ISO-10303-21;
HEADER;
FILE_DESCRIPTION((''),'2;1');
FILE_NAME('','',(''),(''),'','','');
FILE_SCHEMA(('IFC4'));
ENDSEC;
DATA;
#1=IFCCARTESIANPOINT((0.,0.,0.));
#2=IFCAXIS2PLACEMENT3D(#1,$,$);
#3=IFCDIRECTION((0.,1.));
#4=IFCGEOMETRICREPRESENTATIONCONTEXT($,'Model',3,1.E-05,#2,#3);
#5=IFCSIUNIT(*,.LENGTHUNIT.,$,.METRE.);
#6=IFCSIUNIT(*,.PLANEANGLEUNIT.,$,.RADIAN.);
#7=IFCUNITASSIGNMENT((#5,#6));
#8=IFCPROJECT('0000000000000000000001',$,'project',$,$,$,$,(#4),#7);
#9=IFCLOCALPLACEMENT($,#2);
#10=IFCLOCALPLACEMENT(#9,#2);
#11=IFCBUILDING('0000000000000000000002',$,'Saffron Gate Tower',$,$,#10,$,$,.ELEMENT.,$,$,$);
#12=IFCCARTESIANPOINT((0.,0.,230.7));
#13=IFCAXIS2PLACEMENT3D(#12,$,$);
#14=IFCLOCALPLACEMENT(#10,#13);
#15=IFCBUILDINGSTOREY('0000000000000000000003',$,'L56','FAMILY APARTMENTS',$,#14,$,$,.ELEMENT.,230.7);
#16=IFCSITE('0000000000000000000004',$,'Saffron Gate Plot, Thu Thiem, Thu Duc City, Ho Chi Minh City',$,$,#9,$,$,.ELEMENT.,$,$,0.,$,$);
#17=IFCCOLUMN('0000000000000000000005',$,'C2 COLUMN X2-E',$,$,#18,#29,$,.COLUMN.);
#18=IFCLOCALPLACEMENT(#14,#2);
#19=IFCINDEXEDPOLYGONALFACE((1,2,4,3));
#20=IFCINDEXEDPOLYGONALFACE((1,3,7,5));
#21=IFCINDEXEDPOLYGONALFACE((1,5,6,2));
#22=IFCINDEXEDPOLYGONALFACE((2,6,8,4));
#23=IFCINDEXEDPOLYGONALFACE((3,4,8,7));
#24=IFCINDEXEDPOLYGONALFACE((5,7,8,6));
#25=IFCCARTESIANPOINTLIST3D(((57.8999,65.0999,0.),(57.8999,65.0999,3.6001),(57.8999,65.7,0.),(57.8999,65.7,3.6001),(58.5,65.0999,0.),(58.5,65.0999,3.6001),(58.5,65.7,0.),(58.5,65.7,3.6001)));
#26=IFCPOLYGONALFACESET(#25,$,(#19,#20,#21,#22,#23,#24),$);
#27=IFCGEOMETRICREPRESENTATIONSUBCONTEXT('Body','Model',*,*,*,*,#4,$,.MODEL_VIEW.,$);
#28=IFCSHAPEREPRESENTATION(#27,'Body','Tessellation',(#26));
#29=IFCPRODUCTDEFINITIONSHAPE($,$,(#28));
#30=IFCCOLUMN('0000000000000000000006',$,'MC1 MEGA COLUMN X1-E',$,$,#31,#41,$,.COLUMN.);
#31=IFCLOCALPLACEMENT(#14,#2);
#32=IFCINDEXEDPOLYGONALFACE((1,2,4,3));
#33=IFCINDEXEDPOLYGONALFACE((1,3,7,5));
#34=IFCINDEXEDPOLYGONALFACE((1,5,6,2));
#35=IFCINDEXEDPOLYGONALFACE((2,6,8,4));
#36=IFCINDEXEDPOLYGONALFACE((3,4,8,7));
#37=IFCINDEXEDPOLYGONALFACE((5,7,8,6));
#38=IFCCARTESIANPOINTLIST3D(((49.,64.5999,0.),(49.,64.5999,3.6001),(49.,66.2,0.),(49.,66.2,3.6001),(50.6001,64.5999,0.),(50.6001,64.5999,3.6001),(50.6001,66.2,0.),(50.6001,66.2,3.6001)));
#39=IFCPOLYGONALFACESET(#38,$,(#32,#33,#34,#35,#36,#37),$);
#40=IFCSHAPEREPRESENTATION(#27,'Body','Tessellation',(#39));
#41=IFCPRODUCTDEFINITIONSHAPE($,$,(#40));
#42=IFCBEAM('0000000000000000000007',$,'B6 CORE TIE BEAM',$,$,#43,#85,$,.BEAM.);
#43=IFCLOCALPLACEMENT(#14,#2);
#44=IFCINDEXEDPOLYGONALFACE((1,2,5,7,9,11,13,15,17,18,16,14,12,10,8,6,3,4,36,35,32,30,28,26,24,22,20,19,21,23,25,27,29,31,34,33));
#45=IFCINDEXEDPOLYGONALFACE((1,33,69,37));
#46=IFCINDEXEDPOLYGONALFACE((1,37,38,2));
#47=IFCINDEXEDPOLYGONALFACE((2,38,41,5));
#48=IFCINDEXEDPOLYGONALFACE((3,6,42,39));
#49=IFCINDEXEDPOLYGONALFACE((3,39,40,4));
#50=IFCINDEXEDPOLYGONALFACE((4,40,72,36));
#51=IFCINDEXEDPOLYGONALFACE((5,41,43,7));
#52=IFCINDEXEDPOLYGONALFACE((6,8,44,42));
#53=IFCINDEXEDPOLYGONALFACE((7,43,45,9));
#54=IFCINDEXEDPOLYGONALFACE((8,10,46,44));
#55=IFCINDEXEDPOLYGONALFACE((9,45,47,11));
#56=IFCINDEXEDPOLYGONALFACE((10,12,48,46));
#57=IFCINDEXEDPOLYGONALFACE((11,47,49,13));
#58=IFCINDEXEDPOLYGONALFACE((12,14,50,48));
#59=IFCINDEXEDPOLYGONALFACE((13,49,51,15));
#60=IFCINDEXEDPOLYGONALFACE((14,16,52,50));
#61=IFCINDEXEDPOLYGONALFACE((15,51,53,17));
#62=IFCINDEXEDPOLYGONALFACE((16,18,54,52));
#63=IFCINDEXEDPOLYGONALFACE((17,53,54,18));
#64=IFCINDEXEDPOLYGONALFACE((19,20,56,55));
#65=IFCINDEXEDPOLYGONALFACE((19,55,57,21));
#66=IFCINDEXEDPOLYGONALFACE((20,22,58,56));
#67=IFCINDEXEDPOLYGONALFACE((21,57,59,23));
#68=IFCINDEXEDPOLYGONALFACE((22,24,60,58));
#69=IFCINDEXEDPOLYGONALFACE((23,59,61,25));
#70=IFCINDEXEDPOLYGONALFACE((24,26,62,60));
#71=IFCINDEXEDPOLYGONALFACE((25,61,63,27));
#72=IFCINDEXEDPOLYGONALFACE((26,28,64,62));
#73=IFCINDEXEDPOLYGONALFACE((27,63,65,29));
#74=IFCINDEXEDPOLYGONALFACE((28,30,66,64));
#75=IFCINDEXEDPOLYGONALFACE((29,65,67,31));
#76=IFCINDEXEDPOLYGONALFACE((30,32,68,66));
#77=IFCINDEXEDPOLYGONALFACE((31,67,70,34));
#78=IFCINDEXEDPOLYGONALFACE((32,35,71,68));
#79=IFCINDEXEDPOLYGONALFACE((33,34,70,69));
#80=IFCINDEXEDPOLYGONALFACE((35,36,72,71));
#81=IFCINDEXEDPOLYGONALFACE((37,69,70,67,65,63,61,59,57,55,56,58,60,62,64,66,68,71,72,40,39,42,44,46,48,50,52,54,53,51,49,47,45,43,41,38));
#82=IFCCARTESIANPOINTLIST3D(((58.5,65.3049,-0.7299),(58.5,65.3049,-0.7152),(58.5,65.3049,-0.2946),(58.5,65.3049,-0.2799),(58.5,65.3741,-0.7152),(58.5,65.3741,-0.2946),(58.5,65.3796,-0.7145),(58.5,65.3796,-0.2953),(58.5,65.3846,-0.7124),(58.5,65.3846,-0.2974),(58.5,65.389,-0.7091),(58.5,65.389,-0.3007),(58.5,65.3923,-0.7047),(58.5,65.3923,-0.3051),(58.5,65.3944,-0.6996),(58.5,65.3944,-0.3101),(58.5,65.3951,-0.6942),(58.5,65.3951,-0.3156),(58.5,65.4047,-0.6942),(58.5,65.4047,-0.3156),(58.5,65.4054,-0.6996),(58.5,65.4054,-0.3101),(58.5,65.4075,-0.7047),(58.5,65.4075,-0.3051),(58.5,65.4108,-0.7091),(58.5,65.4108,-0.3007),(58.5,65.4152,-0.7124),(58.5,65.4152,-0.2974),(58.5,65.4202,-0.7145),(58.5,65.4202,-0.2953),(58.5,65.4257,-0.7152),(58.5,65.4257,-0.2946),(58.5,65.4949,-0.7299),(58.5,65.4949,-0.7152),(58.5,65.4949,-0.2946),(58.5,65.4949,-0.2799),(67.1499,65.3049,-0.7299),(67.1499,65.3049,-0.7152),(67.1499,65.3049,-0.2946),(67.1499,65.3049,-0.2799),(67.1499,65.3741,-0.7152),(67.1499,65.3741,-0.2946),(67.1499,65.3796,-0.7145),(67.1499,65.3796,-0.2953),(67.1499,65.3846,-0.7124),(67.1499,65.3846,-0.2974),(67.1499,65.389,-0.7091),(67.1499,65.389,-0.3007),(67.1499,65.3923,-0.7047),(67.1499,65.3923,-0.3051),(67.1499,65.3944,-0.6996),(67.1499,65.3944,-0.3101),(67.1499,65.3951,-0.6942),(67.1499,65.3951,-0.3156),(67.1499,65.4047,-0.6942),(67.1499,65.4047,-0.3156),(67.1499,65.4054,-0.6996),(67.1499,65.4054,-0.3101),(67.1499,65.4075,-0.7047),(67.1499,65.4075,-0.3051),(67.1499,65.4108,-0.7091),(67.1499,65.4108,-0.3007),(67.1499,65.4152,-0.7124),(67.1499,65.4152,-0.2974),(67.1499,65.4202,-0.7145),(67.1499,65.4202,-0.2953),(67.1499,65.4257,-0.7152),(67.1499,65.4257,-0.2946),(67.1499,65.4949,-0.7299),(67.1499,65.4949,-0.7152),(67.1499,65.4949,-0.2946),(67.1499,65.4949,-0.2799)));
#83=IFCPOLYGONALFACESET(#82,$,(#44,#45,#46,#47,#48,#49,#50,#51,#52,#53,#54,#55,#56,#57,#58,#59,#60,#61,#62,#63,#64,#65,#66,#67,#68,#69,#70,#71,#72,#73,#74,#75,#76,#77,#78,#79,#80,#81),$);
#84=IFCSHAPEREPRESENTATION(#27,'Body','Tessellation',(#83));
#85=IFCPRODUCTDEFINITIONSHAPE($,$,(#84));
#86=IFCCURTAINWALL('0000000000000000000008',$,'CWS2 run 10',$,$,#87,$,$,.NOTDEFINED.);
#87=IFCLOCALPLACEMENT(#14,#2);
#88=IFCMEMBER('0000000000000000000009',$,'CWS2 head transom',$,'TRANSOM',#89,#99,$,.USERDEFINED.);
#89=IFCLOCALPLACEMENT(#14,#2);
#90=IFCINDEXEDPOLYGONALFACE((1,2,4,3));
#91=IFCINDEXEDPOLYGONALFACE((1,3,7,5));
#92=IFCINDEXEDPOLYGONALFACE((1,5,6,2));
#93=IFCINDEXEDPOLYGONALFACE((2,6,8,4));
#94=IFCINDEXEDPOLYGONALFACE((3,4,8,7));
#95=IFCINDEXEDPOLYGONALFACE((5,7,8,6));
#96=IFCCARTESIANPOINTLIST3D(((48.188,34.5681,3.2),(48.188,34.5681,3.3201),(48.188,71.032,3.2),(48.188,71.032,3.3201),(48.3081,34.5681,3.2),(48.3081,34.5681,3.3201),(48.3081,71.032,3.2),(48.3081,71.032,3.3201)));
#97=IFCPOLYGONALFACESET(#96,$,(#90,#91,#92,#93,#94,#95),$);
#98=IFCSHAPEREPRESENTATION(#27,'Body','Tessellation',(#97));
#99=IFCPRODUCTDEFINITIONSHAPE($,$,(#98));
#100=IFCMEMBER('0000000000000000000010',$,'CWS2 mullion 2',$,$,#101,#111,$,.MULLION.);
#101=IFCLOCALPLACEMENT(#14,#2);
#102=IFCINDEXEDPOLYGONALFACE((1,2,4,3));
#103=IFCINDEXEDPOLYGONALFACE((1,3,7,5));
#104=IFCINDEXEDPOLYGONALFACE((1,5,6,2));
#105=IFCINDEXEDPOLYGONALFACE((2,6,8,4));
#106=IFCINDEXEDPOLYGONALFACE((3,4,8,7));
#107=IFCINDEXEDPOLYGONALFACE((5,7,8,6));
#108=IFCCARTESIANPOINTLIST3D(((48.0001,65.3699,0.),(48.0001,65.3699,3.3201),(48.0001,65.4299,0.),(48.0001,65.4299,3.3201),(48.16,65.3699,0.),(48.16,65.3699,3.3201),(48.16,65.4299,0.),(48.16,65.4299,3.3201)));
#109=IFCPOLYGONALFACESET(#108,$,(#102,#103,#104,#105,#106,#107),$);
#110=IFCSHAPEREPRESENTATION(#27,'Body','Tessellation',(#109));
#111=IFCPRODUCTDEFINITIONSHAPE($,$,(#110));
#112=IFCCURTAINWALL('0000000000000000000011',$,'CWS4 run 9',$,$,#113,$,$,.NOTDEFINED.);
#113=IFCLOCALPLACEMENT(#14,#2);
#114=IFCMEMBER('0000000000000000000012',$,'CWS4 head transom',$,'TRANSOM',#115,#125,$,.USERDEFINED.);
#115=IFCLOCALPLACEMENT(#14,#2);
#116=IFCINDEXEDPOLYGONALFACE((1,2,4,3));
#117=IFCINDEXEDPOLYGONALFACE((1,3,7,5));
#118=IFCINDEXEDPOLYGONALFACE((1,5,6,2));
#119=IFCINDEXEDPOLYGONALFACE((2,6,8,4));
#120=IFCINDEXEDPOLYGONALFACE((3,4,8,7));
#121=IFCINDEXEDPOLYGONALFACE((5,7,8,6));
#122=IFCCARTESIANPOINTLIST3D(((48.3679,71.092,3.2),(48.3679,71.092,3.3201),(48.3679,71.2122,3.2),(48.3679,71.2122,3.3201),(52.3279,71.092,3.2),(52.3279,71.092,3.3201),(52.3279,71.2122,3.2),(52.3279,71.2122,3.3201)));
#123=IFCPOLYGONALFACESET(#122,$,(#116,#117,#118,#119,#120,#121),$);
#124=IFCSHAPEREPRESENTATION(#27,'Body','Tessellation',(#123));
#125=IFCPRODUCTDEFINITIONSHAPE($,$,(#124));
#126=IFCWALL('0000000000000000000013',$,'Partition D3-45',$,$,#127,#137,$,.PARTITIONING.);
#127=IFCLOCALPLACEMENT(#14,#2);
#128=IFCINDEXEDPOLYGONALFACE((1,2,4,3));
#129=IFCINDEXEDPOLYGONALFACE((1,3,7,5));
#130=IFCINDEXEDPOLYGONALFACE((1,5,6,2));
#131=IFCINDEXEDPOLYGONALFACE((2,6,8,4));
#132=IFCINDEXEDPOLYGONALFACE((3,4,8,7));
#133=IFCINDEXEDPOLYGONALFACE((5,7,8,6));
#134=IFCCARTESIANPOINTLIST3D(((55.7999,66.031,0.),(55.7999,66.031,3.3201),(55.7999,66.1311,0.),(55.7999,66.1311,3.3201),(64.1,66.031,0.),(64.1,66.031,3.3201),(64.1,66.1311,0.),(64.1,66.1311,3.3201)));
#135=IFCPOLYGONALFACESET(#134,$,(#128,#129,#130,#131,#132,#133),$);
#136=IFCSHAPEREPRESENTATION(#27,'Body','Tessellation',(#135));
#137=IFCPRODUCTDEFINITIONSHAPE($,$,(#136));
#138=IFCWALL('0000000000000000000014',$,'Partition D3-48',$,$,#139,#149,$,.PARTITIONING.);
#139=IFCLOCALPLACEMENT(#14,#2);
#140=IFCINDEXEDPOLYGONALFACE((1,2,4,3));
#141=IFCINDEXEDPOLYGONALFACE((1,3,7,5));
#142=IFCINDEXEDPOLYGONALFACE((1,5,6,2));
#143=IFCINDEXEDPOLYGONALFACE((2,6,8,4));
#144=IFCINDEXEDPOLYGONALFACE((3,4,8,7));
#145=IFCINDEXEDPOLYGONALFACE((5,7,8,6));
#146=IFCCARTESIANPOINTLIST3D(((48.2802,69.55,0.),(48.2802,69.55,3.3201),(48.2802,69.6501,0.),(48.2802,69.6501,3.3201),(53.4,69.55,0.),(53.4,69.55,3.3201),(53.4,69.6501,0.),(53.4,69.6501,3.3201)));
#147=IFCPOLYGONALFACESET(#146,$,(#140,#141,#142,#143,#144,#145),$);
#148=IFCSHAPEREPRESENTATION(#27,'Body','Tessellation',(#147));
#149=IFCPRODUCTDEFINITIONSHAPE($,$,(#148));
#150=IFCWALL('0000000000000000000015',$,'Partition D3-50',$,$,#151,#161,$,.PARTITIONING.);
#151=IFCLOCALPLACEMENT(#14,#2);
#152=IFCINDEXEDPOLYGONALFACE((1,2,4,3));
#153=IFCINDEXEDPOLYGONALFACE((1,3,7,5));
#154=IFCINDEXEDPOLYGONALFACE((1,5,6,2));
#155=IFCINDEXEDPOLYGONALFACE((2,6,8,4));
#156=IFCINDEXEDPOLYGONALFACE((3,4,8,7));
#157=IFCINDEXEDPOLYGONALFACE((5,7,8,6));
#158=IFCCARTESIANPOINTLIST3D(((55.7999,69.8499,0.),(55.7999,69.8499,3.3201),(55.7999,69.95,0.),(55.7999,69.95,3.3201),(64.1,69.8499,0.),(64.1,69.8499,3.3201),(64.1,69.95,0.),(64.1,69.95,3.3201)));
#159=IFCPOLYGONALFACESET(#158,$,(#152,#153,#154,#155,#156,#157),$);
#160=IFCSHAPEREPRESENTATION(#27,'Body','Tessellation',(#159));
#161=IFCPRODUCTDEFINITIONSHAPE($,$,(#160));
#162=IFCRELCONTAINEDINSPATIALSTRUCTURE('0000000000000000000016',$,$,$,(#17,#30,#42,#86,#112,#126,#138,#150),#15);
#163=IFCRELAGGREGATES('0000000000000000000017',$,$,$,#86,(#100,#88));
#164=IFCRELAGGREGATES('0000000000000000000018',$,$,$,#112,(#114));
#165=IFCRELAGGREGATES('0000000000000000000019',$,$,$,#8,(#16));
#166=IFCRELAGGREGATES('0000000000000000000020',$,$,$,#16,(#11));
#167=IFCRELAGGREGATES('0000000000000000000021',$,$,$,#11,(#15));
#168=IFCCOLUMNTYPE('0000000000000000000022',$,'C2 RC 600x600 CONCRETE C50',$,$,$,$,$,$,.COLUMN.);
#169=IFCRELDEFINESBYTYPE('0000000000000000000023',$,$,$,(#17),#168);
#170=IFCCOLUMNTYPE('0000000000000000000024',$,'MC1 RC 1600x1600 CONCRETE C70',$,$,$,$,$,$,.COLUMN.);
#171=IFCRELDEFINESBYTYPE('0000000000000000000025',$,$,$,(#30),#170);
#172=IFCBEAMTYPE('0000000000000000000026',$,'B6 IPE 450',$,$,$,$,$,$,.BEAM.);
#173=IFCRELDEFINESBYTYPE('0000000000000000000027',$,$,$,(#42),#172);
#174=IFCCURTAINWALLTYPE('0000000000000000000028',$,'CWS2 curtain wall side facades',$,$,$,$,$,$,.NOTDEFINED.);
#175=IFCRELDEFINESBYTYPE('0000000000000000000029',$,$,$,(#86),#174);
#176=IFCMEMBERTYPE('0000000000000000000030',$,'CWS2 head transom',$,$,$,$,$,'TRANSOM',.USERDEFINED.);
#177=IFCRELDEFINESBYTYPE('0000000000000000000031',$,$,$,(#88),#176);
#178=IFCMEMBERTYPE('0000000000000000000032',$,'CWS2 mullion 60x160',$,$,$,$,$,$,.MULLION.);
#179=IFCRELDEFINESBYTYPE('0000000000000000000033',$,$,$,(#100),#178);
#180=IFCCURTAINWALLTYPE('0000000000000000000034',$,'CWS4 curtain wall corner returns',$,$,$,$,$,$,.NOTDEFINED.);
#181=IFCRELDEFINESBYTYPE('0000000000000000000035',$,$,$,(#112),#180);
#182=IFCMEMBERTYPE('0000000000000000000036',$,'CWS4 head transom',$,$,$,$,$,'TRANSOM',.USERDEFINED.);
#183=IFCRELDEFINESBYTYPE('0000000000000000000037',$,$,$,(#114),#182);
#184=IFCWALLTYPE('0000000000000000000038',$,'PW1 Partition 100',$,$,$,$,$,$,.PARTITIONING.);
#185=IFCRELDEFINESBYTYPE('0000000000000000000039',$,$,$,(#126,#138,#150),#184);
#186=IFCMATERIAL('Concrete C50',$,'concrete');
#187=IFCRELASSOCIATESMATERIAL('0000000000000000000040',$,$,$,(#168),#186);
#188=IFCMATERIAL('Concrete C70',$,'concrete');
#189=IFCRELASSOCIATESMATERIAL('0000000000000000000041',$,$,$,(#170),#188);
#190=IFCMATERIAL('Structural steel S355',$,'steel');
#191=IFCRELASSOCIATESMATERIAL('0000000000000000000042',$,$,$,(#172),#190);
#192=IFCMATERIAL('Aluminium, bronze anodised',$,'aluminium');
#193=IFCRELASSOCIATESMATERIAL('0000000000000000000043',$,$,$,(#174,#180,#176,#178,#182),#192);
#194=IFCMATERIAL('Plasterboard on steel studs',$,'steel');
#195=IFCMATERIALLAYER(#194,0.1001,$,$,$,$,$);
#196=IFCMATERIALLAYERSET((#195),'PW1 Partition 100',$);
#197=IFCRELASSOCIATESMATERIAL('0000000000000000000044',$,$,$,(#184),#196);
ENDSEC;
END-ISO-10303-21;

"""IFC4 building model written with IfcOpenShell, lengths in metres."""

from ifc_helpers import new_model, si_unit, direction, frame, frame_2d, origin, origin_2d, place, context, subcontext, project, spatial, rectangle, i_section, extrude, material, layer, layer_set, material_profile, profile_set, type_object, element, aggregate, save


model = new_model("IFC4")

# Units and contexts
model_context = context("Model", 3, precision=1e-05, world=origin(), true_north=direction((0.0, 1.0)))
body_context = subcontext(model_context, "Body", "Model", "MODEL_VIEW")
ifc_project = project(units=[si_unit("LENGTHUNIT", "METRE"), si_unit("PLANEANGLEUNIT", "RADIAN")], contexts=[model_context])

# Site, building, storey
site_placement = place(None, origin())
site = spatial("IfcSite", under=ifc_project, at=site_placement, Name="Saffron Gate Plot, Thu Thiem, Thu Duc City, Ho Chi Minh City", CompositionType="ELEMENT", RefElevation=0.0)
building_placement = place(site_placement, origin())
building = spatial("IfcBuilding", under=site, at=building_placement, Name="Saffron Gate Tower", CompositionType="ELEMENT")
storey_placement = place(building_placement, frame((0.0, 0.0, 230.7)))
storey = spatial("IfcBuildingStorey", under=building, at=storey_placement, Name="L56", Description="FAMILY APARTMENTS", CompositionType="ELEMENT", Elevation=230.7)

# Columns
ifc_material_1 = material(Name="Concrete C50", Category="concrete")
ifc_material_profile_1 = material_profile(ifc_material_1, rectangle(XDim=0.6001, YDim=0.6001, at=origin_2d()))
ifc_profile_set_1 = profile_set([ifc_material_profile_1], Name="Concrete C50")
column_type_1 = type_object("IfcColumnType", Name="C2 RC 600x600 CONCRETE C50", PredefinedType="COLUMN", material=ifc_profile_set_1)
column_1_placement = place(storey_placement, frame((58.2, 65.3999, 0.0), z_axis=(0.0, 0.0, 1.0), x_axis=(1.0, 0.0, 0.0)))
element("IfcColumn", 1, at=column_1_placement, inside=storey, type_object=column_type_1, Name="C2 COLUMN X2-E", PredefinedType="COLUMN", context=body_context, shape_type="SweptSolid", body=[
    extrude(rectangle(XDim=0.6001, YDim=0.6001, at=origin_2d()), origin(), (0.0, 0.0, 1.0), 3.6001),
])
ifc_material_2 = material(Name="Concrete C70", Category="concrete")
ifc_material_profile_2 = material_profile(ifc_material_2, rectangle(XDim=1.6001, YDim=1.6001, at=origin_2d()))
ifc_profile_set_2 = profile_set([ifc_material_profile_2], Name="Concrete C70")
column_type_2 = type_object("IfcColumnType", Name="MC1 RC 1600x1600 CONCRETE C70", PredefinedType="COLUMN", material=ifc_profile_set_2)
column_2_placement = place(storey_placement, frame((49.8, 65.3999, 0.0), z_axis=(0.0, 0.0, 1.0), x_axis=(1.0, 0.0, 0.0)))
element("IfcColumn", 2, at=column_2_placement, inside=storey, type_object=column_type_2, Name="MC1 MEGA COLUMN X1-E", PredefinedType="COLUMN", context=body_context, shape_type="SweptSolid", body=[
    extrude(rectangle(XDim=1.6001, YDim=1.6001, at=origin_2d()), origin(), (0.0, 0.0, 1.0), 3.6001),
])

# Beam
ifc_material_3 = material(Name="Structural steel S355", Category="steel")
ifc_material_profile_3 = material_profile(ifc_material_3, i_section(OverallWidth=0.1899, OverallDepth=0.45, WebThickness=0.0095, FlangeThickness=0.0146, FilletRadius=0.021, at=origin_2d()))
ifc_profile_set_3 = profile_set([ifc_material_profile_3], Name="Structural steel S355")
beam_type = type_object("IfcBeamType", Name="B6 IPE 450", PredefinedType="BEAM", material=ifc_profile_set_3)
beam_placement = place(storey_placement, frame((58.5, 65.3999, -0.5049), z_axis=(1.0, 0.0, 0.0), x_axis=(0.0, 1.0, 0.0)))
element("IfcBeam", 3, at=beam_placement, inside=storey, type_object=beam_type, Name="B6 CORE TIE BEAM", PredefinedType="BEAM", context=body_context, shape_type="SweptSolid", body=[
    extrude(i_section(OverallWidth=0.1899, OverallDepth=0.45, WebThickness=0.0095, FlangeThickness=0.0146, FilletRadius=0.021, at=origin_2d()), origin(), (0.0, 0.0, 1.0), 8.6499),
])

# Curtain wall, members
ifc_material_4 = material(Name="Aluminium, bronze anodised", Category="aluminium")
curtain_wall_type_1 = type_object("IfcCurtainWallType", Name="CWS2 curtain wall side facades", PredefinedType="NOTDEFINED", material=ifc_material_4)
curtain_wall_1_placement = place(storey_placement, origin())
curtain_wall_1 = element("IfcCurtainWall", 4, at=curtain_wall_1_placement, inside=storey, type_object=curtain_wall_type_1, Name="CWS2 run 10", PredefinedType="NOTDEFINED")
ifc_material_profile_4 = material_profile(ifc_material_4, rectangle(XDim=0.1201, YDim=0.1201, at=origin_2d()))
ifc_profile_set_4 = profile_set([ifc_material_profile_4], Name="Aluminium, bronze anodised")
member_type_1 = type_object("IfcMemberType", Name="CWS2 head transom", ElementType="TRANSOM", PredefinedType="USERDEFINED", material=ifc_profile_set_4)
member_1_placement = place(storey_placement, frame((48.248, 71.032, 3.26), z_axis=(0.0, -1.0, 0.0), x_axis=(1.0, 0.0, 0.0)))
member_1 = element("IfcMember", 5, at=member_1_placement, type_object=member_type_1, Name="CWS2 head transom", ObjectType="TRANSOM", PredefinedType="USERDEFINED", context=body_context, shape_type="SweptSolid", body=[
    extrude(rectangle(XDim=0.1201, YDim=0.1201, at=origin_2d()), origin(), (0.0, 0.0, 1.0), 36.4639),
])
ifc_material_profile_5 = material_profile(ifc_material_4, rectangle(XDim=0.1599, YDim=0.0601, at=origin_2d()))
ifc_profile_set_5 = profile_set([ifc_material_profile_5], Name="Aluminium, bronze anodised")
member_type_2 = type_object("IfcMemberType", Name="CWS2 mullion 60x160", PredefinedType="MULLION", material=ifc_profile_set_5)
member_2_placement = place(storey_placement, frame((48.0801, 65.3999, 0.0), z_axis=(0.0, 0.0, 1.0), x_axis=(1.0, 0.0, 0.0)))
member_2 = element("IfcMember", 6, at=member_2_placement, type_object=member_type_2, Name="CWS2 mullion 2", PredefinedType="MULLION", context=body_context, shape_type="SweptSolid", body=[
    extrude(rectangle(XDim=0.1599, YDim=0.0601, at=origin_2d()), origin(), (0.0, 0.0, 1.0), 3.3201),
])
aggregate(curtain_wall_1, [member_2, member_1])

# Curtain wall, member
curtain_wall_type_2 = type_object("IfcCurtainWallType", Name="CWS4 curtain wall corner returns", PredefinedType="NOTDEFINED", material=ifc_material_4)
curtain_wall_2_placement = place(storey_placement, origin())
curtain_wall_2 = element("IfcCurtainWall", 7, at=curtain_wall_2_placement, inside=storey, type_object=curtain_wall_type_2, Name="CWS4 run 9", PredefinedType="NOTDEFINED")
ifc_material_profile_6 = material_profile(ifc_material_4, rectangle(XDim=0.1201, YDim=0.1201, at=origin_2d()))
ifc_profile_set_6 = profile_set([ifc_material_profile_6], Name="Aluminium, bronze anodised")
member_type_3 = type_object("IfcMemberType", Name="CWS4 head transom", ElementType="TRANSOM", PredefinedType="USERDEFINED", material=ifc_profile_set_6)
member_3_placement = place(storey_placement, frame((52.3279, 71.1521, 3.26), z_axis=(-1.0, 0.0, 0.0), x_axis=(0.0, -1.0, 0.0)))
member_3 = element("IfcMember", 8, at=member_3_placement, type_object=member_type_3, Name="CWS4 head transom", ObjectType="TRANSOM", PredefinedType="USERDEFINED", context=body_context, shape_type="SweptSolid", body=[
    extrude(rectangle(XDim=0.1201, YDim=0.1201, at=origin_2d()), origin(), (0.0, 0.0, 1.0), 3.96),
])
aggregate(curtain_wall_2, [member_3])

# Walls
ifc_material_5 = material(Name="Plasterboard on steel studs", Category="steel")
ifc_layer_1 = layer(ifc_material_5, 0.1001)
ifc_layer_set_1 = layer_set([ifc_layer_1], Name="PW1 Partition 100")
wall_type_1 = type_object("IfcWallType", Name="PW1 Partition 100", PredefinedType="PARTITIONING", material=ifc_layer_set_1)
wall_1_placement = place(storey_placement, frame((55.8, 66.0811, 0.0), z_axis=(0.0, 0.0, 1.0), x_axis=(1.0, 0.0, 0.0)))
element("IfcWall", 9, at=wall_1_placement, inside=storey, type_object=wall_type_1, Name="Partition D3-45", PredefinedType="PARTITIONING", context=body_context, shape_type="SweptSolid", body=[
    extrude(rectangle(XDim=8.3, YDim=0.1001, at=frame_2d((4.1499, 0.0))), origin(), (0.0, 0.0, 1.0), 3.3201),
])
wall_2_placement = place(storey_placement, frame((48.28, 69.6001, 0.0), z_axis=(0.0, 0.0, 1.0), x_axis=(1.0, 0.0, 0.0)))
element("IfcWall", 10, at=wall_2_placement, inside=storey, type_object=wall_type_1, Name="Partition D3-48", PredefinedType="PARTITIONING", context=body_context, shape_type="SweptSolid", body=[
    extrude(rectangle(XDim=5.1199, YDim=0.1001, at=frame_2d((2.5601, 0.0))), origin(), (0.0, 0.0, 1.0), 3.3201),
])
wall_3_placement = place(storey_placement, frame((55.8, 69.8999, 0.0), z_axis=(0.0, 0.0, 1.0), x_axis=(1.0, 0.0, 0.0)))
element("IfcWall", 11, at=wall_3_placement, inside=storey, type_object=wall_type_1, Name="Partition D3-50", PredefinedType="PARTITIONING", context=body_context, shape_type="SweptSolid", body=[
    extrude(rectangle(XDim=8.3, YDim=0.1001, at=frame_2d((4.1499, 0.0))), origin(), (0.0, 0.0, 1.0), 3.3201),
])

save(model, "model.ifc")
